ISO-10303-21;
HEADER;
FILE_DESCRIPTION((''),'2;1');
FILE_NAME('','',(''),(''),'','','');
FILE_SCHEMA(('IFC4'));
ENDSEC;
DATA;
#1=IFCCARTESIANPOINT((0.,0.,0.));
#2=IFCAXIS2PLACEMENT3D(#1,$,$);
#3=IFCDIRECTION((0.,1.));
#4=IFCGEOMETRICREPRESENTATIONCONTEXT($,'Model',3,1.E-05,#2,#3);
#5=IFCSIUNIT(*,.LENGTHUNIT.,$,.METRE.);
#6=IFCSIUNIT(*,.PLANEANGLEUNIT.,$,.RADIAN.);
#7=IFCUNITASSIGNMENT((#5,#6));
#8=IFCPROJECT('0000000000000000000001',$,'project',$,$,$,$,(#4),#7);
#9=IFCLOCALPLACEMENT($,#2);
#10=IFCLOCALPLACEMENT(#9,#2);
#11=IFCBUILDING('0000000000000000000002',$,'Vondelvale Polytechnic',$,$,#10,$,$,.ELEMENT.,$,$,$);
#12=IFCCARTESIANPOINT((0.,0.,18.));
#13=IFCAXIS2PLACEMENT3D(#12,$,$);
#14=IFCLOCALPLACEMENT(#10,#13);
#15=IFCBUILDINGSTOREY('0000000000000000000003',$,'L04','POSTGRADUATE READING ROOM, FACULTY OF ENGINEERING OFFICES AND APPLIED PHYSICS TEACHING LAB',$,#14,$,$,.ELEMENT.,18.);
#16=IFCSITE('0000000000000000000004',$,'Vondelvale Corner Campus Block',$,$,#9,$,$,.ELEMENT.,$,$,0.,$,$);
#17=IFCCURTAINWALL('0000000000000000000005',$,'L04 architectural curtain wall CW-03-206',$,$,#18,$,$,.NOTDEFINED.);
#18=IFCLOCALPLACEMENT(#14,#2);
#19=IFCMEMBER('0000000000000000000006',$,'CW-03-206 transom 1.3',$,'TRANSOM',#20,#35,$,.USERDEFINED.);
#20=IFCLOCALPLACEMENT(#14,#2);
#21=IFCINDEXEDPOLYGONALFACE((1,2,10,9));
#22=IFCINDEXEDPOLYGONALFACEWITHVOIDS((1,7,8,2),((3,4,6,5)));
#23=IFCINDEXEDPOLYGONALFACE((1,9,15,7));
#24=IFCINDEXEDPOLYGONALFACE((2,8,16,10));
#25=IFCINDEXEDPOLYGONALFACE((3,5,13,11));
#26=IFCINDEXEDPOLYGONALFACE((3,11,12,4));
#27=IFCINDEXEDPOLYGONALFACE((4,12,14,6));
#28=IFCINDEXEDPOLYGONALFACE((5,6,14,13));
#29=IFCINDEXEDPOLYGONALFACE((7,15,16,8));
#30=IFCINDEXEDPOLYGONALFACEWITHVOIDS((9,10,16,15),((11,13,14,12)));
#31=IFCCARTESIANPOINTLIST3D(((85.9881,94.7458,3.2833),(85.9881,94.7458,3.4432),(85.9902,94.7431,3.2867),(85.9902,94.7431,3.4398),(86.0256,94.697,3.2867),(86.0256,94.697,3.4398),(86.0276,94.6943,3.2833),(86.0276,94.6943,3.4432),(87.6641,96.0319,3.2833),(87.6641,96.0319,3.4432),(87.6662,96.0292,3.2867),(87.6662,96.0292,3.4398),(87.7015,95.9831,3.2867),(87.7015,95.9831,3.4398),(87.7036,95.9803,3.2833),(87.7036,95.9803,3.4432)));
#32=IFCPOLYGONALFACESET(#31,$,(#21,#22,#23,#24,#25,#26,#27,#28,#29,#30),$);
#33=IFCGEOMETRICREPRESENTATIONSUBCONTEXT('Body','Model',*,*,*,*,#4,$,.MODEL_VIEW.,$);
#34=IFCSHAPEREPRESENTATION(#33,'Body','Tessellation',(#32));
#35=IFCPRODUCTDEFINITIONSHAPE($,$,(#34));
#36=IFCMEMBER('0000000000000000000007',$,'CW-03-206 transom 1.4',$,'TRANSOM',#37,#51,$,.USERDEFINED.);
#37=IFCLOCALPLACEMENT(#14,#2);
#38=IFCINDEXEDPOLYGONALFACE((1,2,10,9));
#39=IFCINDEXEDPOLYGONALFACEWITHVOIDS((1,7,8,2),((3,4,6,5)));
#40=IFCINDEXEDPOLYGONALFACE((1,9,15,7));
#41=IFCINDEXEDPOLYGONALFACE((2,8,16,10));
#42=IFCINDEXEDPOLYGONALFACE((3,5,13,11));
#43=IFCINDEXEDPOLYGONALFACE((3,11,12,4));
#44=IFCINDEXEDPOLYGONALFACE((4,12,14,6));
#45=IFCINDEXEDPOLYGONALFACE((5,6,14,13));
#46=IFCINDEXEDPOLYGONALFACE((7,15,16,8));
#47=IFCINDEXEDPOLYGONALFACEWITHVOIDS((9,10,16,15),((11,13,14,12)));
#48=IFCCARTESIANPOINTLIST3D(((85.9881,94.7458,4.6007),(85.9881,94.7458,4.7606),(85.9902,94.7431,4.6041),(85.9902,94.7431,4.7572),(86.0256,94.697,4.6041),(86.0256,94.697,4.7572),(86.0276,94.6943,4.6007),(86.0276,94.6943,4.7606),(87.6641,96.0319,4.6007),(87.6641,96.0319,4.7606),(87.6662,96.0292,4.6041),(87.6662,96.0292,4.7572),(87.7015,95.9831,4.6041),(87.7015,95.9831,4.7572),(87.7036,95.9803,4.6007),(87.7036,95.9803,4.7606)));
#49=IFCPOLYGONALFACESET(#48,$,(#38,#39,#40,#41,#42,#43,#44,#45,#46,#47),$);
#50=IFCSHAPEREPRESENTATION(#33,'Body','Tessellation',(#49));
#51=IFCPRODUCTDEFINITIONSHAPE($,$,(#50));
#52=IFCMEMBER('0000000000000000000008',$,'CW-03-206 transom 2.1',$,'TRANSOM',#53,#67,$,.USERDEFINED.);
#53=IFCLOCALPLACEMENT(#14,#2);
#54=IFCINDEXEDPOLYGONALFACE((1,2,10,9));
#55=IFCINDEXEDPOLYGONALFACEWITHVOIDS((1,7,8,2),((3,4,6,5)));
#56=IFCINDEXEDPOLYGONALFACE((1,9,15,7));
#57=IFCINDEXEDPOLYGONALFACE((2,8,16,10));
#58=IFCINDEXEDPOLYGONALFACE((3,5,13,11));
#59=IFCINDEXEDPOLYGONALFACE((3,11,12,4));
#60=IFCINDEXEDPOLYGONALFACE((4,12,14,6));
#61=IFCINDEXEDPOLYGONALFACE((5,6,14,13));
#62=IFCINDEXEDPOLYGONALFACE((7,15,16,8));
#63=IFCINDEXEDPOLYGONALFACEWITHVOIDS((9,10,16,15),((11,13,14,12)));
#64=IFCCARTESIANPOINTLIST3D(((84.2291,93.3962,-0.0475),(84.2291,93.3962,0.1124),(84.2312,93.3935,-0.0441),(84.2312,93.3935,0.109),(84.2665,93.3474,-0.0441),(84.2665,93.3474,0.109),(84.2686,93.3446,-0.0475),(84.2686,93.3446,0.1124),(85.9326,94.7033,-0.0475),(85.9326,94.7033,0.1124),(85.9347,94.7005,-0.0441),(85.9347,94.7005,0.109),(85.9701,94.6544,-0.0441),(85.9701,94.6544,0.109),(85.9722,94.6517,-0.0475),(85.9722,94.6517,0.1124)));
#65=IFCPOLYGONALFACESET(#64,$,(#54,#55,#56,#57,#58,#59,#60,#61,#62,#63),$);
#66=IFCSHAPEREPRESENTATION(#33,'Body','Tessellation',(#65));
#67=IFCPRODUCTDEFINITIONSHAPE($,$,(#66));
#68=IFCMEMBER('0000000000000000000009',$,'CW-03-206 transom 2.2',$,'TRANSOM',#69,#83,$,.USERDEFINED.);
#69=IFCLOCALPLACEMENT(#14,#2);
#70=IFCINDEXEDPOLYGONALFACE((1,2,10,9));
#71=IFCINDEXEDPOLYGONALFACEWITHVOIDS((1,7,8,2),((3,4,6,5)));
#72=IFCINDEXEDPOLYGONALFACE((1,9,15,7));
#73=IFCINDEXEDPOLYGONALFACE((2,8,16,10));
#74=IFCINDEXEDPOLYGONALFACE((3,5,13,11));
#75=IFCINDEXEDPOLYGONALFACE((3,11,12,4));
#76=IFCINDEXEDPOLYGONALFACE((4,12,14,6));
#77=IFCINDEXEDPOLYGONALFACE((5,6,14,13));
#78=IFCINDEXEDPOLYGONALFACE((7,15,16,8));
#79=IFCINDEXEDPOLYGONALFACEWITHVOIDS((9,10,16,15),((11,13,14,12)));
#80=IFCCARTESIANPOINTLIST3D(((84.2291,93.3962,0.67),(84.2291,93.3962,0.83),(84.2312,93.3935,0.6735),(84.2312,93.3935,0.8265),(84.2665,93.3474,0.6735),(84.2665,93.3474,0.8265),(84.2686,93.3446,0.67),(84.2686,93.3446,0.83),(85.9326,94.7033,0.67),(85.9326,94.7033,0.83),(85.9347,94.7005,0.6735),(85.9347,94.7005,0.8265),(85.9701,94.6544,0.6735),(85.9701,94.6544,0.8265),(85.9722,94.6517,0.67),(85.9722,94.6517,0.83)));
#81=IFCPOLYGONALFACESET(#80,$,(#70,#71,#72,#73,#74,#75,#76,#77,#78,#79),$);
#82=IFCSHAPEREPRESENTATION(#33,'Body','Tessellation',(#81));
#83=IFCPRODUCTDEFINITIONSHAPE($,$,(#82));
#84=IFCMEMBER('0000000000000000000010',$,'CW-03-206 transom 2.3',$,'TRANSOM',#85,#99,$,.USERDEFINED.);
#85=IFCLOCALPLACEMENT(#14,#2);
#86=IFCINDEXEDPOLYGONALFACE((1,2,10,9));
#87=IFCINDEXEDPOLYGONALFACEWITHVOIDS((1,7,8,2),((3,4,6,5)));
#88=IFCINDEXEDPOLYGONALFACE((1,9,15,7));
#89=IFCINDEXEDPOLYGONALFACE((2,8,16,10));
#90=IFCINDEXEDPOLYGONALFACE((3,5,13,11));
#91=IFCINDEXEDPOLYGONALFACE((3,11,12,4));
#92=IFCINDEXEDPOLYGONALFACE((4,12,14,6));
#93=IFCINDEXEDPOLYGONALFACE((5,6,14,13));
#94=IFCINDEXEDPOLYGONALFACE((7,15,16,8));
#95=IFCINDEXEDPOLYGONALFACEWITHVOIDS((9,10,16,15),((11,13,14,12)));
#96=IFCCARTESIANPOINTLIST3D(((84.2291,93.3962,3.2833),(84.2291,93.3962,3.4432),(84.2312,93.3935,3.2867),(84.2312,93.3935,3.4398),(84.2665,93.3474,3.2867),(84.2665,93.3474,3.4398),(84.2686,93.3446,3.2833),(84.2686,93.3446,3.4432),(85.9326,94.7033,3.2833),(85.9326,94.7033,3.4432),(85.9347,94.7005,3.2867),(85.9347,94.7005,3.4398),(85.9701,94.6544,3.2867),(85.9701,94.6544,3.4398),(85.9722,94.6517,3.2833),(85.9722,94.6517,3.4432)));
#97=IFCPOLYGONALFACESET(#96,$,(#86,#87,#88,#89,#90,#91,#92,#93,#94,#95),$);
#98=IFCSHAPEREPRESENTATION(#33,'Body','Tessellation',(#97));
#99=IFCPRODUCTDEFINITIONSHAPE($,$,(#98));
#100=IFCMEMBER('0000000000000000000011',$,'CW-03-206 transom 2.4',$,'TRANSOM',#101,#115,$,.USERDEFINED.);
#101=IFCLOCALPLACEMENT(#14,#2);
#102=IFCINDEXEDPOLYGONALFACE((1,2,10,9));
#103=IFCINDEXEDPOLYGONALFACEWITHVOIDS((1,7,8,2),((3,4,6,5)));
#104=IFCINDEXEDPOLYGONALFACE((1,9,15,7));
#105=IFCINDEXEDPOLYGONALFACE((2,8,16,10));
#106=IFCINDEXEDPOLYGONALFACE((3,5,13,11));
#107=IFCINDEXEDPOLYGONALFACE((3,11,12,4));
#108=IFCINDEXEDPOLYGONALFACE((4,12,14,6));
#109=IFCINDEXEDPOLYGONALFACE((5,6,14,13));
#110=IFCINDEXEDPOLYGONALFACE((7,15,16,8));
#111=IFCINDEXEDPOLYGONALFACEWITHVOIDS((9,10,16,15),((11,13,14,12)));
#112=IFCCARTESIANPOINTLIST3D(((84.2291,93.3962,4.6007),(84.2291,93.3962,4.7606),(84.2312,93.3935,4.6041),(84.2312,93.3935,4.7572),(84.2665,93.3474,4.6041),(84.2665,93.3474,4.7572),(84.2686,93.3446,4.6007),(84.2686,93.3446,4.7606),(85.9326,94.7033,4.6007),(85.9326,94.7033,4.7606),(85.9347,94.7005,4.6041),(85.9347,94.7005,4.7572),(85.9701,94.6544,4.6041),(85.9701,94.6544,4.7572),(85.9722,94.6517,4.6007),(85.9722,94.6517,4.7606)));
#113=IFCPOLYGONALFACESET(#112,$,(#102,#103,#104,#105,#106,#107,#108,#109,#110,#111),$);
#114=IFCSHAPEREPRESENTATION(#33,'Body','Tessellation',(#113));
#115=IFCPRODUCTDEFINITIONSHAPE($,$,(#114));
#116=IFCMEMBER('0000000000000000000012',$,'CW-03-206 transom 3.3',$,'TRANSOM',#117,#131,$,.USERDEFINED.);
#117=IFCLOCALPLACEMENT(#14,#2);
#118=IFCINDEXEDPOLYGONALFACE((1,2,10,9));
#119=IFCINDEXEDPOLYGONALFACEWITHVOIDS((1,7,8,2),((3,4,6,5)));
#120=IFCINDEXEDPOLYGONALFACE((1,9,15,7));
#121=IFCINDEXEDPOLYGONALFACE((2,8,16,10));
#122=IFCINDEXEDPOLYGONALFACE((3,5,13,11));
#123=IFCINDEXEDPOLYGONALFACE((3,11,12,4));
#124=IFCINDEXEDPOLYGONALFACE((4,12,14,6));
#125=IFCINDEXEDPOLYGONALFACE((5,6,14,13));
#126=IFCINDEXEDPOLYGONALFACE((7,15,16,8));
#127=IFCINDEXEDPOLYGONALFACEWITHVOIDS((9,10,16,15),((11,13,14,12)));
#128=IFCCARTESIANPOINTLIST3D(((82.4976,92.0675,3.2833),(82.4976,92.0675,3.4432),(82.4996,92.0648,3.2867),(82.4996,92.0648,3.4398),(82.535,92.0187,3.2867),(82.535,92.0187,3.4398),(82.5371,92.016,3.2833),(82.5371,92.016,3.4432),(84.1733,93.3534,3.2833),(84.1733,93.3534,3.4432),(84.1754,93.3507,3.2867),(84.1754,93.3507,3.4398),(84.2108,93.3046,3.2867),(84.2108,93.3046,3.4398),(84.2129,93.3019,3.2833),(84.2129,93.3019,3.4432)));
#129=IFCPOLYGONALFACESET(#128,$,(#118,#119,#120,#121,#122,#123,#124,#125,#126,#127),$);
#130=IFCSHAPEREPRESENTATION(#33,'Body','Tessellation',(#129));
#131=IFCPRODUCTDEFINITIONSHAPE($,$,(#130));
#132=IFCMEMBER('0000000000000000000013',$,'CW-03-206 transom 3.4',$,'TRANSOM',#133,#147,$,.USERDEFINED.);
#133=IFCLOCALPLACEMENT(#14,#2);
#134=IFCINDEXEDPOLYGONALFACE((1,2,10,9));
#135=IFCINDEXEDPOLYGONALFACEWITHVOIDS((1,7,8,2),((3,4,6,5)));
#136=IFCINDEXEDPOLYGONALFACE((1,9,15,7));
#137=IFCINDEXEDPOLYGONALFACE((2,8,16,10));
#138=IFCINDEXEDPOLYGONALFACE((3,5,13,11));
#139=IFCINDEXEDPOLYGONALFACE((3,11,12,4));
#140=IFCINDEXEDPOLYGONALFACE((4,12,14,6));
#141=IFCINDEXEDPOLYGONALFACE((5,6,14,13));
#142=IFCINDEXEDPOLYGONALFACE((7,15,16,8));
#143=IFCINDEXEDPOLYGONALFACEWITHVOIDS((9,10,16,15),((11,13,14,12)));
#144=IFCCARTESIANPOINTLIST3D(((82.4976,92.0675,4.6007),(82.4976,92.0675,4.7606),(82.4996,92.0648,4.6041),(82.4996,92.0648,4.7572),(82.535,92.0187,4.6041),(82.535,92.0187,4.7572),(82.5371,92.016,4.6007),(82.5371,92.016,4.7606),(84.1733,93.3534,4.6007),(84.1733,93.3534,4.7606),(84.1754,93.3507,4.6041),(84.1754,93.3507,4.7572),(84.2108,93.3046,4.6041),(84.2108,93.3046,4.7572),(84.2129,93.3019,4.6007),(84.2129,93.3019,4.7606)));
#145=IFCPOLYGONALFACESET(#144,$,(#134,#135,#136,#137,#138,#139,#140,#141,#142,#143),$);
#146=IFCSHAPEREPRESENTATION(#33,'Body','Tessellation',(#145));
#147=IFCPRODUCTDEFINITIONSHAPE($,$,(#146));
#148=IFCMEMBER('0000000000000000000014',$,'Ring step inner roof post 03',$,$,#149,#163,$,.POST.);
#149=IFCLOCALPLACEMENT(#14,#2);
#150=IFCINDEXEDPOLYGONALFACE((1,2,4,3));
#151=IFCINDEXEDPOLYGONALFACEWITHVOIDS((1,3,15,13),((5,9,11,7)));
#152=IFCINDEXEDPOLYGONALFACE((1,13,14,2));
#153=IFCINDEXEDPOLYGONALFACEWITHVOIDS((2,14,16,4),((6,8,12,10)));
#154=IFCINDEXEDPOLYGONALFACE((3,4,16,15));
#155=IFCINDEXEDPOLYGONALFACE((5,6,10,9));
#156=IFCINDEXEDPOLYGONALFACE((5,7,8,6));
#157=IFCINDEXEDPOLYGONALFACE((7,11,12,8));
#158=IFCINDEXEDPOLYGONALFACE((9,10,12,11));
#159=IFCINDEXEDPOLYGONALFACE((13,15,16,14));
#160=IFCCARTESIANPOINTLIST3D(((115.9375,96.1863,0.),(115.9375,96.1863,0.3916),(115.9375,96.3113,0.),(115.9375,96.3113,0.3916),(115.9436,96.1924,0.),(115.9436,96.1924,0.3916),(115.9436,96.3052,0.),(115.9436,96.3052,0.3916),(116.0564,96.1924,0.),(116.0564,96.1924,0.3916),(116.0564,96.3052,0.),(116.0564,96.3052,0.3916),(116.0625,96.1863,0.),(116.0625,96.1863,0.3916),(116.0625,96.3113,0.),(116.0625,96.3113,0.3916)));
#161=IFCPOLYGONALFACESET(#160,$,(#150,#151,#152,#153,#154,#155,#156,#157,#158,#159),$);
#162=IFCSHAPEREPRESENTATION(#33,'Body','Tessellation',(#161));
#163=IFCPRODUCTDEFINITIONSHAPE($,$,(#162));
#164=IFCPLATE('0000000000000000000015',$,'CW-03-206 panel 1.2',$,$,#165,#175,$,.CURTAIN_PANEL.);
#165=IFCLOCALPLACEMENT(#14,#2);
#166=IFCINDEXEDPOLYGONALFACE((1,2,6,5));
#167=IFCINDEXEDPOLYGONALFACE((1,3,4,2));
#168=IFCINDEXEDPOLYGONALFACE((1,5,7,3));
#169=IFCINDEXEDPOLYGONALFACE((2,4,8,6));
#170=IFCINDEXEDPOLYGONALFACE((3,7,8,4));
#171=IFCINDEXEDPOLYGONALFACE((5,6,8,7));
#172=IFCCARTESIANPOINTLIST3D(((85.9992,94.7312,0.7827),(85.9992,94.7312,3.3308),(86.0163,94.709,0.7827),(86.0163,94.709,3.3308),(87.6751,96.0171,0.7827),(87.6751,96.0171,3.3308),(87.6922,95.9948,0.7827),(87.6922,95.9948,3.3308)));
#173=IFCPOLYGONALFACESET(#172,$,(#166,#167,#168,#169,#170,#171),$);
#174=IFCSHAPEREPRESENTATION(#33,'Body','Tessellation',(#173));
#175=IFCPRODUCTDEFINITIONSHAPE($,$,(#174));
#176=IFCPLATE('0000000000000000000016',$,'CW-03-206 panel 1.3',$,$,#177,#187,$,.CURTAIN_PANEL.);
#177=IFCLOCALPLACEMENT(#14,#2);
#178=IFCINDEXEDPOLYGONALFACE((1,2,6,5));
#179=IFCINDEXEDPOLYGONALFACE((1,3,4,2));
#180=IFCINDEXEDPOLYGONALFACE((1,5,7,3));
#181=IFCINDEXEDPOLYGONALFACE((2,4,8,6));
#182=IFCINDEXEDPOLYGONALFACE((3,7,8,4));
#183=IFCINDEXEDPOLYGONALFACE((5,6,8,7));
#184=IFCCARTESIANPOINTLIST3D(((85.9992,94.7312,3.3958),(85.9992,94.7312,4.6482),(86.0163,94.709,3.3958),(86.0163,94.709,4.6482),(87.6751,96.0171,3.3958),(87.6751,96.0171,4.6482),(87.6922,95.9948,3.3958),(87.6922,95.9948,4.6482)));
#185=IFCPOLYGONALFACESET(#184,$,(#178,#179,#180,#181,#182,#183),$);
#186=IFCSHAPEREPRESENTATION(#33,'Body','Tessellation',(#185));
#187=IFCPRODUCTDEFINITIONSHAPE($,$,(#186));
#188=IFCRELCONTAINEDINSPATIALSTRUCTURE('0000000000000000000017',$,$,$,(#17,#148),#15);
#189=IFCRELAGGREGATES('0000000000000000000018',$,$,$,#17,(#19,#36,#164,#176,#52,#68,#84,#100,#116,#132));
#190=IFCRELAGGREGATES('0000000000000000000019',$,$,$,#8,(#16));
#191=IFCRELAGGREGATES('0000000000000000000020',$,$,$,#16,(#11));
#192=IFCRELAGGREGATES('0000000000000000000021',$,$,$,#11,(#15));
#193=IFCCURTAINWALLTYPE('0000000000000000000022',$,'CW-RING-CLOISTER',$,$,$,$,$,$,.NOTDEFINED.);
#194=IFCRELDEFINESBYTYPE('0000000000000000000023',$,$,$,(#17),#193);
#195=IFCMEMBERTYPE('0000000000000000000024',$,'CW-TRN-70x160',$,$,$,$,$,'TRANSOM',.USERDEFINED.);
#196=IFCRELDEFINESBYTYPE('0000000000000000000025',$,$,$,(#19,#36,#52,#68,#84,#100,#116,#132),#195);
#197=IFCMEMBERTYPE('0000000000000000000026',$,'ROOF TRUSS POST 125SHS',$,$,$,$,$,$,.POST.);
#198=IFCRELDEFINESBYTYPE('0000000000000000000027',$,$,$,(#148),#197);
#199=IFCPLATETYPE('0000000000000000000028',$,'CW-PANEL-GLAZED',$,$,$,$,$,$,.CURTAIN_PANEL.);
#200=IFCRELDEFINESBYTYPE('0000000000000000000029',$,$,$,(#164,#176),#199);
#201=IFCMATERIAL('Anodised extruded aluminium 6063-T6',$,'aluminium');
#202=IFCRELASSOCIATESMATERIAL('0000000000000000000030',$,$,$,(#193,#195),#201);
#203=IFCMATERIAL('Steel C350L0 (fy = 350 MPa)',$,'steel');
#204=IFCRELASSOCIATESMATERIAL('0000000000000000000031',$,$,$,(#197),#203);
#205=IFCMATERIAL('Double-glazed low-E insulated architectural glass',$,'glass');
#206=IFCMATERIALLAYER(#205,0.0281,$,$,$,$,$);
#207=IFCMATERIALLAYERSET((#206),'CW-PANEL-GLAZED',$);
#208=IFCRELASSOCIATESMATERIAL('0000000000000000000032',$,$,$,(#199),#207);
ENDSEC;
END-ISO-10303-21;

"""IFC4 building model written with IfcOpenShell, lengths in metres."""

from ifc_helpers import new_model, si_unit, direction, frame, origin, origin_2d, place, context, subcontext, project, spatial, rectangle, hollow_rectangle, extrude, material, layer, layer_set, material_profile, profile_set, type_object, element, aggregate, save


model = new_model("IFC4")

# Units and contexts
model_context = context("Model", 3, precision=1e-05, world=origin(), true_north=direction((0.0, 1.0)))
body_context = subcontext(model_context, "Body", "Model", "MODEL_VIEW")
ifc_project = project(units=[si_unit("LENGTHUNIT", "METRE"), si_unit("PLANEANGLEUNIT", "RADIAN")], contexts=[model_context])

# Site, building, storey
site_placement = place(None, origin())
site = spatial("IfcSite", under=ifc_project, at=site_placement, Name="Vondelvale Corner Campus Block", CompositionType="ELEMENT", RefElevation=0.0)
building_placement = place(site_placement, origin())
building = spatial("IfcBuilding", under=site, at=building_placement, Name="Vondelvale Polytechnic", CompositionType="ELEMENT")
storey_placement = place(building_placement, frame((0.0, 0.0, 18.0)))
storey = spatial("IfcBuildingStorey", under=building, at=storey_placement, Name="L04", Description="POSTGRADUATE READING ROOM, FACULTY OF ENGINEERING OFFICES AND APPLIED PHYSICS TEACHING LAB", CompositionType="ELEMENT", Elevation=18.0)

# Curtain wall, members
ifc_material_1 = material(Name="Anodised extruded aluminium 6063-T6", Category="aluminium")
curtain_wall_type = type_object("IfcCurtainWallType", Name="CW-RING-CLOISTER", PredefinedType="NOTDEFINED", material=ifc_material_1)
curtain_wall_placement = place(storey_placement, origin())
curtain_wall = element("IfcCurtainWall", 1, at=curtain_wall_placement, inside=storey, type_object=curtain_wall_type, Name="L04 architectural curtain wall CW-03-206", PredefinedType="NOTDEFINED")
ifc_material_profile_1 = material_profile(ifc_material_1, hollow_rectangle(XDim=0.0649, YDim=0.1599, WallThickness=0.0034, at=origin_2d()), Name="CW-TRN-160x65")
ifc_profile_set_1 = profile_set([ifc_material_profile_1], Name="Anodised extruded aluminium 6063-T6")
member_type_1 = type_object("IfcMemberType", Name="CW-TRN-70x160", ElementType="TRANSOM", PredefinedType="USERDEFINED", material=ifc_profile_set_1)
member_1_placement = place(storey_placement, frame((87.6838, 96.0061, 3.3633), z_axis=(-0.793337, -0.608783, 0.0), x_axis=(0.608783, -0.793337, 0.0)))
member_1 = element("IfcMember", 2, at=member_1_placement, type_object=member_type_1, Name="CW-03-206 transom 1.3", ObjectType="TRANSOM", PredefinedType="USERDEFINED", context=body_context, shape_type="SweptSolid", body=[
    extrude(hollow_rectangle(XDim=0.0649, YDim=0.1599, WallThickness=0.0034, at=origin_2d()), origin(), (0.0, 0.0, 1.0), 2.1125),
])
member_2_placement = place(storey_placement, frame((87.6838, 96.0061, 4.6807), z_axis=(-0.793337, -0.608783, 0.0), x_axis=(0.608783, -0.793337, 0.0)))
member_2 = element("IfcMember", 3, at=member_2_placement, type_object=member_type_1, Name="CW-03-206 transom 1.4", ObjectType="TRANSOM", PredefinedType="USERDEFINED", context=body_context, shape_type="SweptSolid", body=[
    extrude(hollow_rectangle(XDim=0.0649, YDim=0.1599, WallThickness=0.0034, at=origin_2d()), origin(), (0.0, 0.0, 1.0), 2.1125),
])
member_3_placement = place(storey_placement, frame((85.9524, 94.6775, 0.0325), z_axis=(-0.793376, -0.608732, 0.0), x_axis=(0.608732, -0.793376, 0.0)))
member_3 = element("IfcMember", 4, at=member_3_placement, type_object=member_type_1, Name="CW-03-206 transom 2.1", ObjectType="TRANSOM", PredefinedType="USERDEFINED", context=body_context, shape_type="SweptSolid", body=[
    extrude(hollow_rectangle(XDim=0.0649, YDim=0.1599, WallThickness=0.0034, at=origin_2d()), origin(), (0.0, 0.0, 1.0), 2.1472),
])
member_4_placement = place(storey_placement, frame((85.9524, 94.6775, 0.75), z_axis=(-0.793376, -0.608732, 0.0), x_axis=(0.608732, -0.793376, 0.0)))
member_4 = element("IfcMember", 5, at=member_4_placement, type_object=member_type_1, Name="CW-03-206 transom 2.2", ObjectType="TRANSOM", PredefinedType="USERDEFINED", context=body_context, shape_type="SweptSolid", body=[
    extrude(hollow_rectangle(XDim=0.0649, YDim=0.1599, WallThickness=0.0034, at=origin_2d()), origin(), (0.0, 0.0, 1.0), 2.1472),
])
member_5_placement = place(storey_placement, frame((85.9524, 94.6775, 3.3633), z_axis=(-0.793376, -0.608732, 0.0), x_axis=(0.608732, -0.793376, 0.0)))
member_5 = element("IfcMember", 6, at=member_5_placement, type_object=member_type_1, Name="CW-03-206 transom 2.3", ObjectType="TRANSOM", PredefinedType="USERDEFINED", context=body_context, shape_type="SweptSolid", body=[
    extrude(hollow_rectangle(XDim=0.0649, YDim=0.1599, WallThickness=0.0034, at=origin_2d()), origin(), (0.0, 0.0, 1.0), 2.1472),
])
member_6_placement = place(storey_placement, frame((85.9524, 94.6775, 4.6807), z_axis=(-0.793376, -0.608732, 0.0), x_axis=(0.608732, -0.793376, 0.0)))
member_6 = element("IfcMember", 7, at=member_6_placement, type_object=member_type_1, Name="CW-03-206 transom 2.4", ObjectType="TRANSOM", PredefinedType="USERDEFINED", context=body_context, shape_type="SweptSolid", body=[
    extrude(hollow_rectangle(XDim=0.0649, YDim=0.1599, WallThickness=0.0034, at=origin_2d()), origin(), (0.0, 0.0, 1.0), 2.1472),
])
member_7_placement = place(storey_placement, frame((84.1931, 93.3276, 3.3633), z_axis=(-0.79335, -0.608766, 0.0), x_axis=(0.608766, -0.79335, 0.0)))
member_7 = element("IfcMember", 8, at=member_7_placement, type_object=member_type_1, Name="CW-03-206 transom 3.3", ObjectType="TRANSOM", PredefinedType="USERDEFINED", context=body_context, shape_type="SweptSolid", body=[
    extrude(hollow_rectangle(XDim=0.0649, YDim=0.1599, WallThickness=0.0034, at=origin_2d()), origin(), (0.0, 0.0, 1.0), 2.1123),
])
member_8_placement = place(storey_placement, frame((84.1931, 93.3276, 4.6807), z_axis=(-0.79335, -0.608766, 0.0), x_axis=(0.608766, -0.79335, 0.0)))
member_8 = element("IfcMember", 9, at=member_8_placement, type_object=member_type_1, Name="CW-03-206 transom 3.4", ObjectType="TRANSOM", PredefinedType="USERDEFINED", context=body_context, shape_type="SweptSolid", body=[
    extrude(hollow_rectangle(XDim=0.0649, YDim=0.1599, WallThickness=0.0034, at=origin_2d()), origin(), (0.0, 0.0, 1.0), 2.1123),
])

# Member
ifc_material_2 = material(Name="Steel C350L0 (fy = 350 MPa)", Category="steel")
ifc_material_profile_2 = material_profile(ifc_material_2, hollow_rectangle(XDim=0.125, YDim=0.125, WallThickness=0.0061, at=origin_2d()), Name="125x125x6.0SHS")
ifc_profile_set_2 = profile_set([ifc_material_profile_2], Name="Steel C350L0 (fy = 350 MPa)")
member_type_2 = type_object("IfcMemberType", Name="ROOF TRUSS POST 125SHS", PredefinedType="POST", material=ifc_profile_set_2)
member_9_placement = place(storey_placement, frame((116.0, 96.2488, 0.0), z_axis=(0.0, 0.0, 1.0), x_axis=(1.0, 0.0, 0.0)))
element("IfcMember", 10, at=member_9_placement, inside=storey, type_object=member_type_2, Name="Ring step inner roof post 03", PredefinedType="POST", context=body_context, shape_type="SweptSolid", body=[
    extrude(hollow_rectangle(XDim=0.125, YDim=0.125, WallThickness=0.0061, at=origin_2d()), origin(), (0.0, 0.0, 1.0), 0.3916),
])

# Plates
ifc_material_3 = material(Name="Double-glazed low-E insulated architectural glass", Category="glass")
ifc_layer_1 = layer(ifc_material_3, 0.0281)
ifc_layer_set_1 = layer_set([ifc_layer_1], Name="CW-PANEL-GLAZED")
plate_type_1 = type_object("IfcPlateType", Name="CW-PANEL-GLAZED", PredefinedType="CURTAIN_PANEL", material=ifc_layer_set_1)
plate_1_placement = place(storey_placement, frame((86.8457, 95.363, 0.7827), z_axis=(0.0, 0.0, 1.0), x_axis=(-0.793364, -0.608748, 0.0)))
plate_1 = element("IfcPlate", 11, at=plate_1_placement, type_object=plate_type_1, Name="CW-03-206 panel 1.2", PredefinedType="CURTAIN_PANEL", context=body_context, shape_type="SweptSolid", body=[
    extrude(rectangle(XDim=2.1123, YDim=0.0281, at=origin_2d()), origin(), (0.0, 0.0, 1.0), 2.5481),
])
plate_2_placement = place(storey_placement, frame((86.8457, 95.363, 3.3958), z_axis=(0.0, 0.0, 1.0), x_axis=(-0.793364, -0.608748, 0.0)))
plate_2 = element("IfcPlate", 12, at=plate_2_placement, type_object=plate_type_1, Name="CW-03-206 panel 1.3", PredefinedType="CURTAIN_PANEL", context=body_context, shape_type="SweptSolid", body=[
    extrude(rectangle(XDim=2.1123, YDim=0.0281, at=origin_2d()), origin(), (0.0, 0.0, 1.0), 1.2524),
])
aggregate(curtain_wall, [member_1, member_2, plate_1, plate_2, member_3, member_4, member_5, member_6, member_7, member_8])

save(model, "model.ifc")
